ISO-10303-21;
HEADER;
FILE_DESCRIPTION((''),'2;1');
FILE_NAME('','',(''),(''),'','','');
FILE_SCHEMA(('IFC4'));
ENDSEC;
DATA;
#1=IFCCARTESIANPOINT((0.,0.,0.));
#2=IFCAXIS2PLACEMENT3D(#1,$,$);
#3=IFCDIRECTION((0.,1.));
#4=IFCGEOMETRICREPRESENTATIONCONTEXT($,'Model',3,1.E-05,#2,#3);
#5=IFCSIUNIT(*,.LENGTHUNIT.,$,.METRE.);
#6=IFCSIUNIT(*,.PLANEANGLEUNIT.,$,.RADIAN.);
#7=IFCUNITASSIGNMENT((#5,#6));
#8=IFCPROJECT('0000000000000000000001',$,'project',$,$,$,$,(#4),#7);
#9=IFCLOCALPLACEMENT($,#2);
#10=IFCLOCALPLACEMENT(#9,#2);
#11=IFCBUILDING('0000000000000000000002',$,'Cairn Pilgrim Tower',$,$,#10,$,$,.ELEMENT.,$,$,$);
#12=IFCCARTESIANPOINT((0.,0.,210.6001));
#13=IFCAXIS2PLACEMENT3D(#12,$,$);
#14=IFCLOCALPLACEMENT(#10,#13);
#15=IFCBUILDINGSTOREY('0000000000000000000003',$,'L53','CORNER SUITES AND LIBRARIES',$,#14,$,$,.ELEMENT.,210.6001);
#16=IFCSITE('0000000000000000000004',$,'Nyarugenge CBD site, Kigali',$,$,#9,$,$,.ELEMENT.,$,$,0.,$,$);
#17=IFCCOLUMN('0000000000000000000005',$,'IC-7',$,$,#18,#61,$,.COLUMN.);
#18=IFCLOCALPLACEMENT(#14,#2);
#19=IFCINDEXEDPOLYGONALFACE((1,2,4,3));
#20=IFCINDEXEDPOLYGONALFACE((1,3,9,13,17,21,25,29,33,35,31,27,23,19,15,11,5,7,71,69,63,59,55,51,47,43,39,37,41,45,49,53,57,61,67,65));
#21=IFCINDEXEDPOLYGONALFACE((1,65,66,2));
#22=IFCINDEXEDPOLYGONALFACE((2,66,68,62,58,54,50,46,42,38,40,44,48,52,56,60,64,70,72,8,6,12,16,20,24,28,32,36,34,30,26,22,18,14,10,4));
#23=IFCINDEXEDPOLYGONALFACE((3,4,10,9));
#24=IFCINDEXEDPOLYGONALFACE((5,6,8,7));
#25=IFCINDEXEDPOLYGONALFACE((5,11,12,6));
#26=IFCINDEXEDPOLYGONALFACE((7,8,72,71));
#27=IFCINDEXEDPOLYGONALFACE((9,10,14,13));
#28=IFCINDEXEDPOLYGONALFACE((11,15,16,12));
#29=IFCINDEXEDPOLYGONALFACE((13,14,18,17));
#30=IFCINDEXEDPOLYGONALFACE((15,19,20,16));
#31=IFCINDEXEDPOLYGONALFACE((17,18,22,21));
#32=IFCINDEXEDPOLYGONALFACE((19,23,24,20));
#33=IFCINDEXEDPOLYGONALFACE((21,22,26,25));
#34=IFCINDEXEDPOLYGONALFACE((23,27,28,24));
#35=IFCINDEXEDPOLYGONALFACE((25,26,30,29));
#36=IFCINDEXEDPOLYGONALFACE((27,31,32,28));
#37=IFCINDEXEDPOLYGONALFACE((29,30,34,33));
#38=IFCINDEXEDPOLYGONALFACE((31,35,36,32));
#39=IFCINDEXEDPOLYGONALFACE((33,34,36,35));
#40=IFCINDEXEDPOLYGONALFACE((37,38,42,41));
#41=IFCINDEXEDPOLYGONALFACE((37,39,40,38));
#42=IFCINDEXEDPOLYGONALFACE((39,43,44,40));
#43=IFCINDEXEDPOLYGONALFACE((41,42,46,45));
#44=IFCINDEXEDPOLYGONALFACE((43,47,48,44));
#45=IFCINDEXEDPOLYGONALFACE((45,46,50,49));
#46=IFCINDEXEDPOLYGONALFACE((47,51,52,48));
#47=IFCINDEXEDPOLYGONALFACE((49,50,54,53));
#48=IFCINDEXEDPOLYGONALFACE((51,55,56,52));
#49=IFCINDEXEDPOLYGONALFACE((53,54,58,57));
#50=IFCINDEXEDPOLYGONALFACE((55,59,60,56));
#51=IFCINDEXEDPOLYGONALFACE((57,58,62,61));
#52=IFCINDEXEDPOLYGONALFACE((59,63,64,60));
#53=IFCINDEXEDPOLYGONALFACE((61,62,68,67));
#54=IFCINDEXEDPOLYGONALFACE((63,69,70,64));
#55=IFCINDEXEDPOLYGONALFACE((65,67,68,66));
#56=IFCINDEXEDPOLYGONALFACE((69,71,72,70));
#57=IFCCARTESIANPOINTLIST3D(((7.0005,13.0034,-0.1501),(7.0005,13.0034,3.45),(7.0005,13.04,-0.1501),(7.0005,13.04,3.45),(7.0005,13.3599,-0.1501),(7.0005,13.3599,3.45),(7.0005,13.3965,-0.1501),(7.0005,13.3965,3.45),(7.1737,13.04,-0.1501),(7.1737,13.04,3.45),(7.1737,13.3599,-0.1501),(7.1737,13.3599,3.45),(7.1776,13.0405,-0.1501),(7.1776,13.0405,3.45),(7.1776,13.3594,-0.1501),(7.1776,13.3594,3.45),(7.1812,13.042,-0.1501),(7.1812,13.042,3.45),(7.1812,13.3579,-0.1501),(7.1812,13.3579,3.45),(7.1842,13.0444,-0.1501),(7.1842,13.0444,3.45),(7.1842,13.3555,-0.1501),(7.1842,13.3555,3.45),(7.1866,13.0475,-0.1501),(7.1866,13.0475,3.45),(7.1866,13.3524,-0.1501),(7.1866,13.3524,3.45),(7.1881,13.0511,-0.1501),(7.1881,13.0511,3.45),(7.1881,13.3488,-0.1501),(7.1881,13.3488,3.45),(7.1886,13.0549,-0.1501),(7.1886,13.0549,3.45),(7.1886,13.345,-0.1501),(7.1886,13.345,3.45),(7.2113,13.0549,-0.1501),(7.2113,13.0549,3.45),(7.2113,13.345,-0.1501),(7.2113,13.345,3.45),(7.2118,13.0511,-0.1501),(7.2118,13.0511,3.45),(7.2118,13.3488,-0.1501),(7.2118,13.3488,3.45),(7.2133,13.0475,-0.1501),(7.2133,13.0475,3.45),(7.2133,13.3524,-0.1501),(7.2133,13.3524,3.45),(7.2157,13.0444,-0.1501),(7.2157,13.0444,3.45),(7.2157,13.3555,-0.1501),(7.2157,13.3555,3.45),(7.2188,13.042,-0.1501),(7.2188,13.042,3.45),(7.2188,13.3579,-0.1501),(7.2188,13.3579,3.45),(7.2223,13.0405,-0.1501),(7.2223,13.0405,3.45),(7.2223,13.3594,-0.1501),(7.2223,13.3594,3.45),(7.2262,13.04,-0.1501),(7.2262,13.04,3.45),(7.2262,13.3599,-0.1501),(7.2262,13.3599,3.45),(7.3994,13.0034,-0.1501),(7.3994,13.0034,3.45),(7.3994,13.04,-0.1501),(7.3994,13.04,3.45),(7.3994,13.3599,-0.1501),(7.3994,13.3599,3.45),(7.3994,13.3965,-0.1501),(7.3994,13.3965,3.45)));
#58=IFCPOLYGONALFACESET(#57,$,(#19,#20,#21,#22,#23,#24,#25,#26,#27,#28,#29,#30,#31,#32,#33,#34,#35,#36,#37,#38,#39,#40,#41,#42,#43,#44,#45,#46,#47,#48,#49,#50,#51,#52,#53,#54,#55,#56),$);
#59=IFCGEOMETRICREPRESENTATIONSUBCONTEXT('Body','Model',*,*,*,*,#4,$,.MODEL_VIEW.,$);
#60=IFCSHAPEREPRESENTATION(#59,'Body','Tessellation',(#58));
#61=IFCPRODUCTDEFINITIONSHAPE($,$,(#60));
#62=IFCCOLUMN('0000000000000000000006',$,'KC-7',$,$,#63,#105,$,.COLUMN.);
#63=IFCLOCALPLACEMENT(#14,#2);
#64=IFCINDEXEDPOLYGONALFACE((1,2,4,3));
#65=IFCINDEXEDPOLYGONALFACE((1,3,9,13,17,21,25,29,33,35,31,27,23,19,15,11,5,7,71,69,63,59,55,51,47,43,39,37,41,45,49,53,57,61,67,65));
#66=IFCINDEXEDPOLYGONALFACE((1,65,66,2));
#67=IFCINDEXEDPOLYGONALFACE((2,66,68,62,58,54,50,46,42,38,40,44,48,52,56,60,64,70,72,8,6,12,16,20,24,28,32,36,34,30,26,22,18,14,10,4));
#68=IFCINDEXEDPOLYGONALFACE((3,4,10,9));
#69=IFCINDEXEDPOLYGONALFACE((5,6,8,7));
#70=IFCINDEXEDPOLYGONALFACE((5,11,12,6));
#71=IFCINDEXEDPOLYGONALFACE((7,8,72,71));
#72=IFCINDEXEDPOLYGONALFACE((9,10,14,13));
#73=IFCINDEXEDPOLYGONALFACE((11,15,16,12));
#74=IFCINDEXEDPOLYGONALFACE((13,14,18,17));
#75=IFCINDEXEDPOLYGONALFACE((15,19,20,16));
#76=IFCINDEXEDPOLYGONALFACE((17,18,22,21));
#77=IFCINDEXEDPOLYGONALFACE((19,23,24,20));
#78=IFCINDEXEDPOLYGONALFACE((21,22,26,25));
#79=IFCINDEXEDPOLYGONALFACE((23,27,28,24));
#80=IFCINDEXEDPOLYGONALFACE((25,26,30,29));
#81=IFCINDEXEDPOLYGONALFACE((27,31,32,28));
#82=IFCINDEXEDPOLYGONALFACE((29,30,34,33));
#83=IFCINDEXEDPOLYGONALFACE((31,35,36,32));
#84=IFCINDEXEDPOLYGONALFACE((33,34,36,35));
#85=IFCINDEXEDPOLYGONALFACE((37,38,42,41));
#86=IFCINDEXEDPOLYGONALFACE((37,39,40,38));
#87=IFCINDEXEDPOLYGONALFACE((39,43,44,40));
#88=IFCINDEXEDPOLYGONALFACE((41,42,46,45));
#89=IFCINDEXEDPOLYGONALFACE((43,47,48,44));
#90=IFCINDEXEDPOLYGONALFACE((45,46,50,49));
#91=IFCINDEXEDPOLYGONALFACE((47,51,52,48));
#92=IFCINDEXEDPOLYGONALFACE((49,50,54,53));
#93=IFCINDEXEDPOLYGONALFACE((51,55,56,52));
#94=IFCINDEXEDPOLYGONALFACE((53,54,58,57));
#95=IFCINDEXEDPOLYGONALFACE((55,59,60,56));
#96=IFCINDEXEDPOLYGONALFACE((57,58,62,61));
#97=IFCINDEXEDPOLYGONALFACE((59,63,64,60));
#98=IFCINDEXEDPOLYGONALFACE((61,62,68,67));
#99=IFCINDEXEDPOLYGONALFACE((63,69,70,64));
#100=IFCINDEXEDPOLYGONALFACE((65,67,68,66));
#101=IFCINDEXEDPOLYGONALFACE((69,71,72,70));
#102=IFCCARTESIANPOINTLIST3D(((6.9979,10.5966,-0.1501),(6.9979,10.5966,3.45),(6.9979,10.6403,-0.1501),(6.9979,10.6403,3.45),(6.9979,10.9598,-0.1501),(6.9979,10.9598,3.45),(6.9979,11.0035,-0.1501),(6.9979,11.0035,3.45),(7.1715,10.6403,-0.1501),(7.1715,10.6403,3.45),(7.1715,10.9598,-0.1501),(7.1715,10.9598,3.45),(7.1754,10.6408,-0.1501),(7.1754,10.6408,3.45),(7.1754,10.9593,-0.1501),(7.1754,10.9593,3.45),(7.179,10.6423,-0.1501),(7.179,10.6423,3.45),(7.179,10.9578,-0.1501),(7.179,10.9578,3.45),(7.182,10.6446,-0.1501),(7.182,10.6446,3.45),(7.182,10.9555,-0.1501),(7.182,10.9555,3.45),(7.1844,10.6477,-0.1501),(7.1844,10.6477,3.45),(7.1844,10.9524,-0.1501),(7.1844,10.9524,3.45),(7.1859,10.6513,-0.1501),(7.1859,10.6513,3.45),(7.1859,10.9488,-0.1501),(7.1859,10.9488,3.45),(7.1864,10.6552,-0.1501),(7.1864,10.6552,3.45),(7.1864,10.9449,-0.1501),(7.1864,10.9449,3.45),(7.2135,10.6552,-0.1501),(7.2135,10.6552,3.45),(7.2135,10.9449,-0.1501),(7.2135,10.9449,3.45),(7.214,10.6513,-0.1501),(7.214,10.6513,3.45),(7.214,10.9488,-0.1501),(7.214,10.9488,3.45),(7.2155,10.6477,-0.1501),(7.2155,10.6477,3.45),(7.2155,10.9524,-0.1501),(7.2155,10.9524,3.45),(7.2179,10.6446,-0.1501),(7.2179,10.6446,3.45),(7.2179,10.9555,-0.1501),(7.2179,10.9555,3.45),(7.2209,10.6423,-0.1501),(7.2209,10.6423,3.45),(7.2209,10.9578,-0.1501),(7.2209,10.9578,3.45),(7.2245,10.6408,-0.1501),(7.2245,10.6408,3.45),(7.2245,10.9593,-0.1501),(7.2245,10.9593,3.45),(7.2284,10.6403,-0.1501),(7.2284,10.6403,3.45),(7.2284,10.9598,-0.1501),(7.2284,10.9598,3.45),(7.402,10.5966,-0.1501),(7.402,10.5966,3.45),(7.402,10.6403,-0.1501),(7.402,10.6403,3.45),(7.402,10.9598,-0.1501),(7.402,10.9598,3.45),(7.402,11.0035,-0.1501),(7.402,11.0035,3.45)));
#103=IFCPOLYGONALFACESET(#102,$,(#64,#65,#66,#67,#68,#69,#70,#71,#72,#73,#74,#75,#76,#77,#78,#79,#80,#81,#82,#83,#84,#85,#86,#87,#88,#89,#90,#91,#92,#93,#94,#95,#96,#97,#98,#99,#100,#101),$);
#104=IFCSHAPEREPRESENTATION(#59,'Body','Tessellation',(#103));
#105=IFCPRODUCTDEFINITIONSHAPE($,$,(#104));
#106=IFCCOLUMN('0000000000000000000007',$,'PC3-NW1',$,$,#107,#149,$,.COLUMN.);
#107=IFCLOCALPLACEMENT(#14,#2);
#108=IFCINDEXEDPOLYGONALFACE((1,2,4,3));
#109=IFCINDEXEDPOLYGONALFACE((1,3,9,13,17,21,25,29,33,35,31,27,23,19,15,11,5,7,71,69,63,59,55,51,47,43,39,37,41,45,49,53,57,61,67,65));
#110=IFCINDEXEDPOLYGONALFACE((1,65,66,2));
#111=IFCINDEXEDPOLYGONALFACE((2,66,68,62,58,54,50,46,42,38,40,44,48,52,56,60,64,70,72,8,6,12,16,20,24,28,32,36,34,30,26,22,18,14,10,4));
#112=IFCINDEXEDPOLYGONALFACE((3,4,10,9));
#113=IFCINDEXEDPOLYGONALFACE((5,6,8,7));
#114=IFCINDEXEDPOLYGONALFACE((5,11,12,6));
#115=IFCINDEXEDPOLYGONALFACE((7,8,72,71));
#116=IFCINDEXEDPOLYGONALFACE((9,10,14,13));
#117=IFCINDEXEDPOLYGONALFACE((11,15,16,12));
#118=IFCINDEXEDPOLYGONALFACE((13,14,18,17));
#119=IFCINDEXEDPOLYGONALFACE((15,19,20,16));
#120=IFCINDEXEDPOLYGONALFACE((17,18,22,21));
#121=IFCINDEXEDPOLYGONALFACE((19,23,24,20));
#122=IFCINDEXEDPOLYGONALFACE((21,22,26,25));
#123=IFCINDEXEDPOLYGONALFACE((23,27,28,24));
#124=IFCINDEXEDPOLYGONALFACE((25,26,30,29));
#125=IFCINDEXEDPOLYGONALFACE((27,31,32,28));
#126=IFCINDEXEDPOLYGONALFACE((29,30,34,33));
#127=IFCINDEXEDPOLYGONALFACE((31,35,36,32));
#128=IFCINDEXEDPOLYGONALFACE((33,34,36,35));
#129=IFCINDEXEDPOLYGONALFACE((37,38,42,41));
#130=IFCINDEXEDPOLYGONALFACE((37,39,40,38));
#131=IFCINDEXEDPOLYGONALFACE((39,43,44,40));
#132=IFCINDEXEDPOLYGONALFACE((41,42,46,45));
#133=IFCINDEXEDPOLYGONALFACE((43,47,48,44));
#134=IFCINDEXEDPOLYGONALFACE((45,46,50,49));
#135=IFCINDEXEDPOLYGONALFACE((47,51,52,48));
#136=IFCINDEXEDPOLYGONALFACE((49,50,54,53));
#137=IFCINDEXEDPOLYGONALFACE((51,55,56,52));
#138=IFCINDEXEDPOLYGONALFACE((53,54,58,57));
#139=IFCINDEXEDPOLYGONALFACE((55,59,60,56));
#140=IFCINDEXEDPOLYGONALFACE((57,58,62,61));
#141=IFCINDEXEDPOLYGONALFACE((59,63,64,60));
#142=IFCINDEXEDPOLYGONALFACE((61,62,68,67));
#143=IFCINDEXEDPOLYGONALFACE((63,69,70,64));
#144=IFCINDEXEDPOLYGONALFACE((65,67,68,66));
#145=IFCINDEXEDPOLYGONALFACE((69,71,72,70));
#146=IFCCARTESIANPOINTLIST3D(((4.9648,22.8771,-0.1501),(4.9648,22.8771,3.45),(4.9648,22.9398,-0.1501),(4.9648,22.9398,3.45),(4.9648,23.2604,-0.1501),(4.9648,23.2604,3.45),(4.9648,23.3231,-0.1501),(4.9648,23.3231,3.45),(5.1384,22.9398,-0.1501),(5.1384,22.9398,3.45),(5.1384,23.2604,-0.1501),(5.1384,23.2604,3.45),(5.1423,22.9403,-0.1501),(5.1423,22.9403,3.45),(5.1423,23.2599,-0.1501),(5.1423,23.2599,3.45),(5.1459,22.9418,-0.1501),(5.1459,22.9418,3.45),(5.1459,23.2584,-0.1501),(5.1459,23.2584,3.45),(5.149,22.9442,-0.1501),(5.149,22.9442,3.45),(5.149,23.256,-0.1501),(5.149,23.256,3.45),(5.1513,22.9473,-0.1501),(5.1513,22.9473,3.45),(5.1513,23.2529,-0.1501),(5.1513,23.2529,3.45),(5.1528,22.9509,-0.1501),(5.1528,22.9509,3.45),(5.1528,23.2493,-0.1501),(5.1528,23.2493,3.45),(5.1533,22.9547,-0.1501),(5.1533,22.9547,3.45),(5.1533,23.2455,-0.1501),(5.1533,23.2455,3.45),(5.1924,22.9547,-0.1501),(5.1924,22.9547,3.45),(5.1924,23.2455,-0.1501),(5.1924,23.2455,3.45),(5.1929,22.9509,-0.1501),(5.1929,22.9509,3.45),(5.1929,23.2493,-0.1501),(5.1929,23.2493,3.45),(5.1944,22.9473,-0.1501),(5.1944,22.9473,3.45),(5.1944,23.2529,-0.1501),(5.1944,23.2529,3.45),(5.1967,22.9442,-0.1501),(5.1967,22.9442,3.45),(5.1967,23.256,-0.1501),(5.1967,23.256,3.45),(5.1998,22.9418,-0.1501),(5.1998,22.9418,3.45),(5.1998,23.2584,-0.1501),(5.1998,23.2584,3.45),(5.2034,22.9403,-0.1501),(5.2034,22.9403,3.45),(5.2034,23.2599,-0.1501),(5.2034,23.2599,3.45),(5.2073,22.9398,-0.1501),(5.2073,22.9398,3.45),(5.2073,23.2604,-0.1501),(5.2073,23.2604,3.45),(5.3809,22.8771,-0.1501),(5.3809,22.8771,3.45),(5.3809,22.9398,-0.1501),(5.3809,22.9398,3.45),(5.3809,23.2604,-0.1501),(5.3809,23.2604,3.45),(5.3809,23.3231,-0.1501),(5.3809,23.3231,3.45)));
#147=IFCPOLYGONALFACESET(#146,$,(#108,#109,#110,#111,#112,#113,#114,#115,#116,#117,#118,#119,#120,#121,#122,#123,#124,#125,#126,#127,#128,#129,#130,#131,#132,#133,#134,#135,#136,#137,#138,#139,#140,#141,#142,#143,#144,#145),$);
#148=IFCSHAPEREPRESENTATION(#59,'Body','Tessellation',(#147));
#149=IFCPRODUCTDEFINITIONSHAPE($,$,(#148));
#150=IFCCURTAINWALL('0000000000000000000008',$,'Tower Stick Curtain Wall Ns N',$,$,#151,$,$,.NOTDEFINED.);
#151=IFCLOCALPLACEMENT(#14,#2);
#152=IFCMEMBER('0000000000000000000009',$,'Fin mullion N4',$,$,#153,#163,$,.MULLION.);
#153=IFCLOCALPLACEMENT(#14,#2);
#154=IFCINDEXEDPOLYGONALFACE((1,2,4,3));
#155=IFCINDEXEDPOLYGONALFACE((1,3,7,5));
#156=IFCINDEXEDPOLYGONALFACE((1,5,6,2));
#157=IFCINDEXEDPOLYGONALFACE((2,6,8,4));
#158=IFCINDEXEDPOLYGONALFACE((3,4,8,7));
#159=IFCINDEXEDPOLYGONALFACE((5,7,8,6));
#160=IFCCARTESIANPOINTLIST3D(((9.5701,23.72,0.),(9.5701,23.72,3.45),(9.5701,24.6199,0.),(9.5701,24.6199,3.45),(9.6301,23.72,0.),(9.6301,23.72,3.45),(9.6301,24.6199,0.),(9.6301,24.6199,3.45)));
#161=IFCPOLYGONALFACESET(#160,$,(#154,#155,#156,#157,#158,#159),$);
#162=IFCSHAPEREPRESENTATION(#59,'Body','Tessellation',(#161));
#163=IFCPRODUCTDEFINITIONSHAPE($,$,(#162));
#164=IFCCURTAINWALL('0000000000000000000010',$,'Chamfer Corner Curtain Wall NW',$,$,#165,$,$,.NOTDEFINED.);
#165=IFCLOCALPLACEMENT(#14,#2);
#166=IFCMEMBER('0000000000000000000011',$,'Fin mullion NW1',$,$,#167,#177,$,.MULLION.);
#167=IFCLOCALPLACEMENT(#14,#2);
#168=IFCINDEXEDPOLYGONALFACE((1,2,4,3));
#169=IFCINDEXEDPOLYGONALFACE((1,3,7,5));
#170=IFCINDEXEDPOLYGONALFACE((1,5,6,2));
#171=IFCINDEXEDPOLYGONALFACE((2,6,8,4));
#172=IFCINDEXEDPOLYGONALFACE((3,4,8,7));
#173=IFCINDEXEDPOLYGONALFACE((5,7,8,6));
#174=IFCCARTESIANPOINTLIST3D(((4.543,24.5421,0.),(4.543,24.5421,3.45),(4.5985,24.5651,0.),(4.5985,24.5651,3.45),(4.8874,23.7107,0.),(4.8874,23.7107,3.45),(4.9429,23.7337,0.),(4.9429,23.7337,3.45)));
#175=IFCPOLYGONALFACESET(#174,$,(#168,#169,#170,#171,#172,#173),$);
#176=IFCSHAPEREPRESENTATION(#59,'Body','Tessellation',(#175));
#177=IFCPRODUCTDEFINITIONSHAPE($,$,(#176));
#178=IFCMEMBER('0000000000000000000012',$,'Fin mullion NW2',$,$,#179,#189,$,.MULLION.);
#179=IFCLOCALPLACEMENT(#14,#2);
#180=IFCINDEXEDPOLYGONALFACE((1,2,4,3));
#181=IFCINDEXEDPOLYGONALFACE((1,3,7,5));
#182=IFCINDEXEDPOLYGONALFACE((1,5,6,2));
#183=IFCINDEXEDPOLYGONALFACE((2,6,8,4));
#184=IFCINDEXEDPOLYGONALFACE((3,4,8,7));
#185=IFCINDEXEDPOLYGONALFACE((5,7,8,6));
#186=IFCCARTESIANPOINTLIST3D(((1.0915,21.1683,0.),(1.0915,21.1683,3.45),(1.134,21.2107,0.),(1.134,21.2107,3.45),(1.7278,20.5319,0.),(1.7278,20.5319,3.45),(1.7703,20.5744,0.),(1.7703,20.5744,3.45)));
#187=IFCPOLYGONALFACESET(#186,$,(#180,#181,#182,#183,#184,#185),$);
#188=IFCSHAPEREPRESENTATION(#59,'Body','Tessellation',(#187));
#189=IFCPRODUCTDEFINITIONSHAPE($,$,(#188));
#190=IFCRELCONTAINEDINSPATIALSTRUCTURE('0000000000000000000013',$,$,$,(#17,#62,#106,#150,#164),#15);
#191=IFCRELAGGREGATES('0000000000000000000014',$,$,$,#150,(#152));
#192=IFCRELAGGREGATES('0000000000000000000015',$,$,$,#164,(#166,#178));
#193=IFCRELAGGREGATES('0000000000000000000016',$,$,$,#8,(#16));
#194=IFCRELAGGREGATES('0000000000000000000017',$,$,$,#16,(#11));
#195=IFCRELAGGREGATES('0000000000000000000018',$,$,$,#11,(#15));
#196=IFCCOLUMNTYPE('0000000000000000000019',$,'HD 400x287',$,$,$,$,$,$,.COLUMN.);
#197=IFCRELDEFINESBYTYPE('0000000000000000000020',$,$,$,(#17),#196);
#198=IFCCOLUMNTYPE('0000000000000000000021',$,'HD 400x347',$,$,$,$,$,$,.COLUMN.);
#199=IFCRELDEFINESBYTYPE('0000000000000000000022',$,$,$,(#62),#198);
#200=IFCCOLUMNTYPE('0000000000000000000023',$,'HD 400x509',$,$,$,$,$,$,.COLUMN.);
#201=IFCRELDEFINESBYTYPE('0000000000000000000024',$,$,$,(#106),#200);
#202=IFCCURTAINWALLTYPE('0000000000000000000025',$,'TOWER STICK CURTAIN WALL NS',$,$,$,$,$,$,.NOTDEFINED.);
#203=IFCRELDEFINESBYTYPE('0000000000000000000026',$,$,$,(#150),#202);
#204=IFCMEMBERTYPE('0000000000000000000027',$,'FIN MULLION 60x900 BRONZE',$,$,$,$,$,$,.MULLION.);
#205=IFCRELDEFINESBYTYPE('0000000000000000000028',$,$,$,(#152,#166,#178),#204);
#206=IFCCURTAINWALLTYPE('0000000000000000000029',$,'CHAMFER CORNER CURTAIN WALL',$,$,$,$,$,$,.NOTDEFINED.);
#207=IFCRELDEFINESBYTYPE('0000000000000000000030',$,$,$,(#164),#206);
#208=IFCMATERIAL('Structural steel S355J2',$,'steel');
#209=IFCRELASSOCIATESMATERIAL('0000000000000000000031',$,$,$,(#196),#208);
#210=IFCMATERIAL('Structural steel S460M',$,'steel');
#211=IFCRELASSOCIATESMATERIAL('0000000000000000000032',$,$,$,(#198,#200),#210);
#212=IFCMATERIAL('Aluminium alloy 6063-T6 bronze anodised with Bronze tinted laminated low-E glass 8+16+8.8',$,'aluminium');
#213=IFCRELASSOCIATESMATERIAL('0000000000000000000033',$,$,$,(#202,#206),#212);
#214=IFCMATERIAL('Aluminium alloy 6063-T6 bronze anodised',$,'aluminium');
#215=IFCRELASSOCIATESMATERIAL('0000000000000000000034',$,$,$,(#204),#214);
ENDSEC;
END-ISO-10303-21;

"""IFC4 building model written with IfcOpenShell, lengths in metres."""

from ifc_helpers import new_model, si_unit, direction, frame, origin, origin_2d, place, context, subcontext, project, spatial, rectangle, i_section, extrude, material, material_profile, profile_set, type_object, element, aggregate, save


model = new_model("IFC4")

# Units and contexts
model_context = context("Model", 3, precision=1e-05, world=origin(), true_north=direction((0.0, 1.0)))
body_context = subcontext(model_context, "Body", "Model", "MODEL_VIEW")
ifc_project = project(units=[si_unit("LENGTHUNIT", "METRE"), si_unit("PLANEANGLEUNIT", "RADIAN")], contexts=[model_context])

# Site, building, storey
site_placement = place(None, origin())
site = spatial("IfcSite", under=ifc_project, at=site_placement, Name="Nyarugenge CBD site, Kigali", CompositionType="ELEMENT", RefElevation=0.0)
building_placement = place(site_placement, origin())
building = spatial("IfcBuilding", under=site, at=building_placement, Name="Cairn Pilgrim Tower", CompositionType="ELEMENT")
storey_placement = place(building_placement, frame((0.0, 0.0, 210.6001)))
storey = spatial("IfcBuildingStorey", under=building, at=storey_placement, Name="L53", Description="CORNER SUITES AND LIBRARIES", CompositionType="ELEMENT", Elevation=210.6001)

# Columns
ifc_material_1 = material(Name="Structural steel S355J2", Category="steel")
ifc_material_profile_1 = material_profile(ifc_material_1, i_section(OverallWidth=0.3989, OverallDepth=0.3931, WebThickness=0.0227, FlangeThickness=0.0366, FilletRadius=0.0149, at=origin_2d()), Name="HD 400x287")
ifc_profile_set_1 = profile_set([ifc_material_profile_1], Name="Structural steel S355J2")
column_type_1 = type_object("IfcColumnType", Name="HD 400x287", PredefinedType="COLUMN", material=ifc_profile_set_1)
column_1_placement = place(storey_placement, frame((7.2, 13.2, -0.1501), z_axis=(0.0, 0.0, 1.0), x_axis=(1.0, 0.0, 0.0)))
element("IfcColumn", 1, at=column_1_placement, inside=storey, type_object=column_type_1, Name="IC-7", PredefinedType="COLUMN", context=body_context, shape_type="SweptSolid", body=[
    extrude(i_section(OverallWidth=0.3989, OverallDepth=0.3931, WebThickness=0.0227, FlangeThickness=0.0366, FilletRadius=0.0149, at=origin_2d()), origin(), (0.0, 0.0, 1.0), 3.6001),
])
ifc_material_2 = material(Name="Structural steel S460M", Category="steel")
ifc_material_profile_2 = material_profile(ifc_material_2, i_section(OverallWidth=0.4041, OverallDepth=0.407, WebThickness=0.0271, FlangeThickness=0.0437, FilletRadius=0.0149, at=origin_2d()), Name="HD 400x347")
ifc_profile_set_2 = profile_set([ifc_material_profile_2], Name="Structural steel S460M")
column_type_2 = type_object("IfcColumnType", Name="HD 400x347", PredefinedType="COLUMN", material=ifc_profile_set_2)
column_2_placement = place(storey_placement, frame((7.2, 10.8, -0.1501), z_axis=(0.0, 0.0, 1.0), x_axis=(1.0, 0.0, 0.0)))
element("IfcColumn", 2, at=column_2_placement, inside=storey, type_object=column_type_2, Name="KC-7", PredefinedType="COLUMN", context=body_context, shape_type="SweptSolid", body=[
    extrude(i_section(OverallWidth=0.4041, OverallDepth=0.407, WebThickness=0.0271, FlangeThickness=0.0437, FilletRadius=0.0149, at=origin_2d()), origin(), (0.0, 0.0, 1.0), 3.6001),
])
ifc_material_profile_3 = material_profile(ifc_material_2, i_section(OverallWidth=0.416, OverallDepth=0.446, WebThickness=0.0391, FlangeThickness=0.0627, FilletRadius=0.0149, at=origin_2d()), Name="HD 400x509")
ifc_profile_set_3 = profile_set([ifc_material_profile_3], Name="Structural steel S460M")
column_type_3 = type_object("IfcColumnType", Name="HD 400x509", PredefinedType="COLUMN", material=ifc_profile_set_3)
column_3_placement = place(storey_placement, frame((5.1729, 23.1001, -0.1501), z_axis=(0.0, 0.0, 1.0), x_axis=(1.0, 0.0, 0.0)))
element("IfcColumn", 3, at=column_3_placement, inside=storey, type_object=column_type_3, Name="PC3-NW1", PredefinedType="COLUMN", context=body_context, shape_type="SweptSolid", body=[
    extrude(i_section(OverallWidth=0.416, OverallDepth=0.446, WebThickness=0.0391, FlangeThickness=0.0627, FilletRadius=0.0149, at=origin_2d()), origin(), (0.0, 0.0, 1.0), 3.6001),
])

# Curtain wall, member
ifc_material_3 = material(Name="Aluminium alloy 6063-T6 bronze anodised with Bronze tinted laminated low-E glass 8+16+8.8", Category="aluminium")
curtain_wall_type_1 = type_object("IfcCurtainWallType", Name="TOWER STICK CURTAIN WALL NS", PredefinedType="NOTDEFINED", material=ifc_material_3)
curtain_wall_1_placement = place(storey_placement, origin())
curtain_wall_1 = element("IfcCurtainWall", 4, at=curtain_wall_1_placement, inside=storey, type_object=curtain_wall_type_1, Name="Tower Stick Curtain Wall Ns N", PredefinedType="NOTDEFINED")
ifc_material_4 = material(Name="Aluminium alloy 6063-T6 bronze anodised", Category="aluminium")
ifc_material_profile_4 = material_profile(ifc_material_4, rectangle(XDim=0.8999, YDim=0.0601, at=origin_2d()), Name="FIN MULLION 60x900 BRONZE")
ifc_profile_set_4 = profile_set([ifc_material_profile_4], Name="Aluminium alloy 6063-T6 bronze anodised")
member_type_1 = type_object("IfcMemberType", Name="FIN MULLION 60x900 BRONZE", PredefinedType="MULLION", material=ifc_profile_set_4)
member_1_placement = place(storey_placement, frame((9.6001, 24.1699, 0.0), z_axis=(0.0, 0.0, 1.0), x_axis=(0.0, 1.0, 0.0)))
member_1 = element("IfcMember", 5, at=member_1_placement, type_object=member_type_1, Name="Fin mullion N4", PredefinedType="MULLION", context=body_context, shape_type="SweptSolid", body=[
    extrude(rectangle(XDim=0.8999, YDim=0.0601, at=origin_2d()), origin(), (0.0, 0.0, 1.0), 3.45),
])
aggregate(curtain_wall_1, [member_1])

# Curtain wall, members
curtain_wall_type_2 = type_object("IfcCurtainWallType", Name="CHAMFER CORNER CURTAIN WALL", PredefinedType="NOTDEFINED", material=ifc_material_3)
curtain_wall_2_placement = place(storey_placement, origin())
curtain_wall_2 = element("IfcCurtainWall", 6, at=curtain_wall_2_placement, inside=storey, type_object=curtain_wall_type_2, Name="Chamfer Corner Curtain Wall NW", PredefinedType="NOTDEFINED")
member_2_placement = place(storey_placement, frame((4.7429, 24.1379, 0.0), z_axis=(0.0, 0.0, 1.0), x_axis=(-0.382683, 0.92388, 0.0)))
member_2 = element("IfcMember", 7, at=member_2_placement, type_object=member_type_1, Name="Fin mullion NW1", PredefinedType="MULLION", context=body_context, shape_type="SweptSolid", body=[
    extrude(rectangle(XDim=0.8999, YDim=0.0601, at=origin_2d()), origin(), (0.0, 0.0, 1.0), 3.45),
])
member_3_placement = place(storey_placement, frame((1.4309, 20.8713, 0.0), z_axis=(0.0, 0.0, 1.0), x_axis=(-0.707107, 0.707107, 0.0)))
member_3 = element("IfcMember", 8, at=member_3_placement, type_object=member_type_1, Name="Fin mullion NW2", PredefinedType="MULLION", context=body_context, shape_type="SweptSolid", body=[
    extrude(rectangle(XDim=0.8999, YDim=0.0601, at=origin_2d()), origin(), (0.0, 0.0, 1.0), 3.45),
])

aggregate(curtain_wall_2, [member_2, member_3])

save(model, "model.ifc")
